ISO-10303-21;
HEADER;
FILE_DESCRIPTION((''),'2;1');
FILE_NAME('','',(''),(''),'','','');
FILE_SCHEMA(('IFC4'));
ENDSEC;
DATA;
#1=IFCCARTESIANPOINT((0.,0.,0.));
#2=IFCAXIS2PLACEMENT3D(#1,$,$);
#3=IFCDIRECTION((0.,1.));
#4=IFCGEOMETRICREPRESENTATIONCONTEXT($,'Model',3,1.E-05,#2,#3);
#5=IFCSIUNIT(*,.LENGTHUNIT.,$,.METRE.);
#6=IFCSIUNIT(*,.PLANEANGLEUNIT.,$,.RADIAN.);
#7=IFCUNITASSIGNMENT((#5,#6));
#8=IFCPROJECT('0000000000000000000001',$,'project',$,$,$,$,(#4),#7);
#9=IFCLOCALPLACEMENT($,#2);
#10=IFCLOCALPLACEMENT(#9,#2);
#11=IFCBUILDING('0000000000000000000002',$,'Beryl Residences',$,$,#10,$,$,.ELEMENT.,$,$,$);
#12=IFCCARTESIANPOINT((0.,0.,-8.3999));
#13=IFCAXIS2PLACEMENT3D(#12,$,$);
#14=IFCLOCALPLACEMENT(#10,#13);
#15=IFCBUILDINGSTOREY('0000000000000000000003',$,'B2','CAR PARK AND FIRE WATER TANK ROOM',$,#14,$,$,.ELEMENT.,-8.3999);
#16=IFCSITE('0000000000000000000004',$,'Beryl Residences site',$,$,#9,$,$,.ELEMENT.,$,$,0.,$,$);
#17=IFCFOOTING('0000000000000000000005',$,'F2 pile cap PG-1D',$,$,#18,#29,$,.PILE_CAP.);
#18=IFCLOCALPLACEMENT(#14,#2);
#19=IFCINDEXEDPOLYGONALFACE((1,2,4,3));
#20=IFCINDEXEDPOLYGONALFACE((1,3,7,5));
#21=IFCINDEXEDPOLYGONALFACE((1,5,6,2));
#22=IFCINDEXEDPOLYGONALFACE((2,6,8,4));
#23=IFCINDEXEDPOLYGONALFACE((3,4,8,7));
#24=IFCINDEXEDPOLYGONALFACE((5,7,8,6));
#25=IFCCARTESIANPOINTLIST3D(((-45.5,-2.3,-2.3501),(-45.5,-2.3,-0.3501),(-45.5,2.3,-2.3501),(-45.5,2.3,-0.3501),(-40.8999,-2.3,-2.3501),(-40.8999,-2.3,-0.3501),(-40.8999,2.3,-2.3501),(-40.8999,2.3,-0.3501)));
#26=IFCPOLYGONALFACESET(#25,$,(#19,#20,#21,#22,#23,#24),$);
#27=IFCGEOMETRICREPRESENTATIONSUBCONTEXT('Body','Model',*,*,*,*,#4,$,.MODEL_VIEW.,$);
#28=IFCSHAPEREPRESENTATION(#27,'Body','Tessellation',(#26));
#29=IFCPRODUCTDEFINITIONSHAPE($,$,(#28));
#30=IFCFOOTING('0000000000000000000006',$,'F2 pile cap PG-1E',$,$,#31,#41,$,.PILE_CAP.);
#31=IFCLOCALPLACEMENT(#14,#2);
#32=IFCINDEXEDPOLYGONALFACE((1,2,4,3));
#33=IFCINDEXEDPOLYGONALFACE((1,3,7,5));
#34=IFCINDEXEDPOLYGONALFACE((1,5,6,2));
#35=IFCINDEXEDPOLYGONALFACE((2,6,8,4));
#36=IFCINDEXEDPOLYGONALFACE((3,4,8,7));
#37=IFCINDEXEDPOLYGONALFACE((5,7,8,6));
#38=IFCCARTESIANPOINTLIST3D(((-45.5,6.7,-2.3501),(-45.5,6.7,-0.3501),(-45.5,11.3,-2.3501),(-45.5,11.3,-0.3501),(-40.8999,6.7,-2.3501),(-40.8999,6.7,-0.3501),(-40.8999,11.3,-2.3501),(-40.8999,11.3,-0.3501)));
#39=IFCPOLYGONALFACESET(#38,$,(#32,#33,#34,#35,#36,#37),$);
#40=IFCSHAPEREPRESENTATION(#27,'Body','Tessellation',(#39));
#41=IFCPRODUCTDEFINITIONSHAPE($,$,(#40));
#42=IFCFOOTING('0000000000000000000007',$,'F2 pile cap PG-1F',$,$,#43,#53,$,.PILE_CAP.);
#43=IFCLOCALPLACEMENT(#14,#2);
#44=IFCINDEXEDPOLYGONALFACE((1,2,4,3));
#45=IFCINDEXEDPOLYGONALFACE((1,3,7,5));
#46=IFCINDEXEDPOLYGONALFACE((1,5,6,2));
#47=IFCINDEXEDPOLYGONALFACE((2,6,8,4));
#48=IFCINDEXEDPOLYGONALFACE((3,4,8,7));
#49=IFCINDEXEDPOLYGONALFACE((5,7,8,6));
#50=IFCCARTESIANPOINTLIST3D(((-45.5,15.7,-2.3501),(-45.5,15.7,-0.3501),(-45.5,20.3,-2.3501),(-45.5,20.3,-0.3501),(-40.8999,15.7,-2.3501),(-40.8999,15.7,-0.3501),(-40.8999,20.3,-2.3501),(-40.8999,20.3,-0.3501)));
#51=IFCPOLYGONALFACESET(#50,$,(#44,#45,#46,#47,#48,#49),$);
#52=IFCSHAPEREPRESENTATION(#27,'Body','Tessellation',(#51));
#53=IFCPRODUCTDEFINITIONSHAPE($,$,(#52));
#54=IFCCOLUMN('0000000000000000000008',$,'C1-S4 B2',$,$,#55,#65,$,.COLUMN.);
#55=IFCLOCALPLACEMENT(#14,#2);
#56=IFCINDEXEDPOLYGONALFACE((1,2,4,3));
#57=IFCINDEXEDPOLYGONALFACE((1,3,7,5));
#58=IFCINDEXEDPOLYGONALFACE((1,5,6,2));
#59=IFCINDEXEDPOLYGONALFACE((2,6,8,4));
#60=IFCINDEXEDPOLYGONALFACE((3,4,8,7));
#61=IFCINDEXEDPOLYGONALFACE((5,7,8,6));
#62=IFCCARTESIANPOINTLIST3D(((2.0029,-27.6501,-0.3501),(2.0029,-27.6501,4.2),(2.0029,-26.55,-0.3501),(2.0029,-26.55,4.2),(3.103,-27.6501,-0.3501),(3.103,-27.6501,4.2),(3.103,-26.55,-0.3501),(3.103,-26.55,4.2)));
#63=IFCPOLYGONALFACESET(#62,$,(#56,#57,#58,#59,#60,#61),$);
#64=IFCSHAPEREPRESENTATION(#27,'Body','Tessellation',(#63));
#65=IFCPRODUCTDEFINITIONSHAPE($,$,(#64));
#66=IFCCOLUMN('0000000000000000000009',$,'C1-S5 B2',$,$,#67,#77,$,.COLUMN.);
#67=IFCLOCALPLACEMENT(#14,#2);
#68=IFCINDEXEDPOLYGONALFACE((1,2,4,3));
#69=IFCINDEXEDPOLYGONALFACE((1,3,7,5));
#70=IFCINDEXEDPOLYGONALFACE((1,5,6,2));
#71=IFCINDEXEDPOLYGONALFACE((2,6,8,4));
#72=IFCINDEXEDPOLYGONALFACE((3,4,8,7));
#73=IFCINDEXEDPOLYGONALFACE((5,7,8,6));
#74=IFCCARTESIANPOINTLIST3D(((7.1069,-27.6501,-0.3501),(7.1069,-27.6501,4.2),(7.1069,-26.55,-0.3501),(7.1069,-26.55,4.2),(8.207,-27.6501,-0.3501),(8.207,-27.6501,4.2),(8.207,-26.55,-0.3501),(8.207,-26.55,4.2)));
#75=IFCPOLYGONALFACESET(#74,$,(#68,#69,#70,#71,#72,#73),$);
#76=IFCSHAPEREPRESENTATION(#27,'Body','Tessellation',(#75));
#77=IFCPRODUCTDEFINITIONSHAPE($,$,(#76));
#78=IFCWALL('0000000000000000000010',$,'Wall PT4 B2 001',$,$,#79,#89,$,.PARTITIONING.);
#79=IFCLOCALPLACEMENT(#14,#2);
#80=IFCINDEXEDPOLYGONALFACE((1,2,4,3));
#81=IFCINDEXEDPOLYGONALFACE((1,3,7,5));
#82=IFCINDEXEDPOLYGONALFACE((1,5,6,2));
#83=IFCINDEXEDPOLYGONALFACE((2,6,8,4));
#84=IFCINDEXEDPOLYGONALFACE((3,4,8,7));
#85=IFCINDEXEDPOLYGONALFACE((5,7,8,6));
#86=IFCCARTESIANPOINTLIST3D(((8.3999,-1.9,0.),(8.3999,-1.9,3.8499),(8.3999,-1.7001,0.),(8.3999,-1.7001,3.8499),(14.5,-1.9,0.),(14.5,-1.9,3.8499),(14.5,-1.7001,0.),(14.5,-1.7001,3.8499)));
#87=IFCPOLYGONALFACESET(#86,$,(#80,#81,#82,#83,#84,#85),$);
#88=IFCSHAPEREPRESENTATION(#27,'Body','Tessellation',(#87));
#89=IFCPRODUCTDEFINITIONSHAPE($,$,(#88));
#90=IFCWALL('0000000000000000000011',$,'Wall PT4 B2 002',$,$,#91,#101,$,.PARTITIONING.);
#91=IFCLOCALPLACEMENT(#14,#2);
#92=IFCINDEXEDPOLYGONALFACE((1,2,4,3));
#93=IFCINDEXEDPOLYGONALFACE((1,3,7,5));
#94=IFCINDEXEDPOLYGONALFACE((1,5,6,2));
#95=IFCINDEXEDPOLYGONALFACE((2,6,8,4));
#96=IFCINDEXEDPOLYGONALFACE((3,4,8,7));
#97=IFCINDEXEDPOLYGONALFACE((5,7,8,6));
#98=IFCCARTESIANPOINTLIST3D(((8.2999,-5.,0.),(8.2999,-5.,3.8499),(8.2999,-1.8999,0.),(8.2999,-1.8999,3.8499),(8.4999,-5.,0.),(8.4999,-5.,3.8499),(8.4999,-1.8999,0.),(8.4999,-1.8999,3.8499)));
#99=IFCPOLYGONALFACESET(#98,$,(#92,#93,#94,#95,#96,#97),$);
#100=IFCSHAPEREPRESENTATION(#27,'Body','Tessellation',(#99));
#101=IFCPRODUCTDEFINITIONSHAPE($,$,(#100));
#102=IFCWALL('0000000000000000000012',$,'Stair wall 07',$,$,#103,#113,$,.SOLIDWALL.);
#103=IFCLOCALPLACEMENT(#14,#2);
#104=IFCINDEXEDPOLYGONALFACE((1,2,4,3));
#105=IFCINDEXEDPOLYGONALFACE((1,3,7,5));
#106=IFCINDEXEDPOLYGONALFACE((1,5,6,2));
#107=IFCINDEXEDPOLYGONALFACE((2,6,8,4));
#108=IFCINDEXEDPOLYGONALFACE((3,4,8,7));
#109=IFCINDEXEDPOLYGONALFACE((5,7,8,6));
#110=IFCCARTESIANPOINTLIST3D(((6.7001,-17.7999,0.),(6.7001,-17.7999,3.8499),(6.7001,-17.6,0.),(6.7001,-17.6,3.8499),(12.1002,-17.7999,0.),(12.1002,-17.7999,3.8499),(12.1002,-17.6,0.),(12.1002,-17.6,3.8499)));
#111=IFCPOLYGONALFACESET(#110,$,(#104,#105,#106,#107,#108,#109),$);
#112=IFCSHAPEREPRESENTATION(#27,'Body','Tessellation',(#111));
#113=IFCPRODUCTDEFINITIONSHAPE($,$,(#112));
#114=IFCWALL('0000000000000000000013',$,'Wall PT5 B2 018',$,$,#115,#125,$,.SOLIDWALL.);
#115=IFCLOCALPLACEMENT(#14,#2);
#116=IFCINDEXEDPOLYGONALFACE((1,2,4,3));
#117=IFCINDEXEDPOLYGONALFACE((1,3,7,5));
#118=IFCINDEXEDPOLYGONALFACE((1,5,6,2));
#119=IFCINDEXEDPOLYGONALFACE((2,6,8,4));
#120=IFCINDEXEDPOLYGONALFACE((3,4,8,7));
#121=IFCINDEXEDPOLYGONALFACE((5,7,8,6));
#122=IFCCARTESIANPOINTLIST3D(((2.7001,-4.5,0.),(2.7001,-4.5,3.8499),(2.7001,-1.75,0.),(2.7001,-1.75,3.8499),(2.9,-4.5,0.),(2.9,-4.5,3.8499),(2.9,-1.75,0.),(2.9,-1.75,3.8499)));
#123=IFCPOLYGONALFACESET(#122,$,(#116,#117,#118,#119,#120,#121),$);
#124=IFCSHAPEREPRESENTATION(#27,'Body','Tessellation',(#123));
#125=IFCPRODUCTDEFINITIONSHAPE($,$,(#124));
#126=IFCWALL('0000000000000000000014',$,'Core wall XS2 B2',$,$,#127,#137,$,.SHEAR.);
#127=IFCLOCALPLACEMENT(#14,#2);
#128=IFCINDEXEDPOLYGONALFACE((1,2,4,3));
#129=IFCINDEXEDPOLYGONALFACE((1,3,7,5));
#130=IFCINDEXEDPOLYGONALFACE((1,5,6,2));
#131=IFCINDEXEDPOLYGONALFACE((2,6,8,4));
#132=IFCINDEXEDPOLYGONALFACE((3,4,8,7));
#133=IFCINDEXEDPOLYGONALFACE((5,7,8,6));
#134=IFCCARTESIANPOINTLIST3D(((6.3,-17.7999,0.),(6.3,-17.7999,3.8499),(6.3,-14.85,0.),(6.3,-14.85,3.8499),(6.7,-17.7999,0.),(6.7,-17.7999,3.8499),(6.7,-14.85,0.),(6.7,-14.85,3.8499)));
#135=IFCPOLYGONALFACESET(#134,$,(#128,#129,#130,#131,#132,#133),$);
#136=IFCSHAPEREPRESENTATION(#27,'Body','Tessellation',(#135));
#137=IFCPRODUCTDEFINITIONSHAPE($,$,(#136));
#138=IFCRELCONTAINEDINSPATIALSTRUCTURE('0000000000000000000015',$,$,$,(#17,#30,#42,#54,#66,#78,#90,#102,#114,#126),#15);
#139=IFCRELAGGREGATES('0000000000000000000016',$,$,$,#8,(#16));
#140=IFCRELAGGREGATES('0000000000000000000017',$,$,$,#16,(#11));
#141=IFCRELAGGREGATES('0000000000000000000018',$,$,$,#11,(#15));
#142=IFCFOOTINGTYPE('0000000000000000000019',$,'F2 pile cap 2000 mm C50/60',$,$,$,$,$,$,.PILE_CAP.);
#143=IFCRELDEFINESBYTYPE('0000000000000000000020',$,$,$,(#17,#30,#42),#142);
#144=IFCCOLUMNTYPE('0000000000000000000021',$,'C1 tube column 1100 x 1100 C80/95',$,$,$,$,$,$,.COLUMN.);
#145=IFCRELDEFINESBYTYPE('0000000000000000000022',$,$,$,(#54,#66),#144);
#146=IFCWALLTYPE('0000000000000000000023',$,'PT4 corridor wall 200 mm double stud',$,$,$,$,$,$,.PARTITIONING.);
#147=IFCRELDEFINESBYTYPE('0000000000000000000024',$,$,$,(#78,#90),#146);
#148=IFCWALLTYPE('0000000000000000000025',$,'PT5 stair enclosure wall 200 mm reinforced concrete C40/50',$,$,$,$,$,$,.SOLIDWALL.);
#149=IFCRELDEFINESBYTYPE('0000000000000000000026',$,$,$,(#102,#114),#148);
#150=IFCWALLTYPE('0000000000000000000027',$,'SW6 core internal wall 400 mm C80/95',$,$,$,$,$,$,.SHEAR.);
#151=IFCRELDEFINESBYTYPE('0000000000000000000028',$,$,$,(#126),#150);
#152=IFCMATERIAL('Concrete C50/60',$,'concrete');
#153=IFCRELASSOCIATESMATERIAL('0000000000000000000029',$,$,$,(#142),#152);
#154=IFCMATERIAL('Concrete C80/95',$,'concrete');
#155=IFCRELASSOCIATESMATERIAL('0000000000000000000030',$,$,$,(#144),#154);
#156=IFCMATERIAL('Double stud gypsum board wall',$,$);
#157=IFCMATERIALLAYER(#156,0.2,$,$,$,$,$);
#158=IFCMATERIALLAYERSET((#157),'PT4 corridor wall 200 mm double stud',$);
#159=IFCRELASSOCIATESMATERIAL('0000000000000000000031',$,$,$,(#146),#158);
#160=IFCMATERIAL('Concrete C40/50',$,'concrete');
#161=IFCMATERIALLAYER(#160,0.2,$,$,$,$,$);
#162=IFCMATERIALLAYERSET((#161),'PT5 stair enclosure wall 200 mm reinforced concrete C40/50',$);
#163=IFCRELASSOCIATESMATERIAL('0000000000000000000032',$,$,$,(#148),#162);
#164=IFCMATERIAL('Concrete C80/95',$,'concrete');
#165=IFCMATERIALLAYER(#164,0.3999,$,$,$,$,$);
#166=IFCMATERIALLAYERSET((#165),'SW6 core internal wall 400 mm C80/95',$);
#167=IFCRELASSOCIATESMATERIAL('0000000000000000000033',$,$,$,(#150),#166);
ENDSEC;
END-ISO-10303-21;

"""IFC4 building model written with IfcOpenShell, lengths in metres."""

from ifc_helpers import new_model, si_unit, direction, frame, frame_2d, origin, origin_2d, place, context, subcontext, project, spatial, polyline, rectangle, outline, extrude, material, layer, layer_set, material_profile, profile_set, type_object, element, save


model = new_model("IFC4")

# Units and contexts
model_context = context("Model", 3, precision=1e-05, world=origin(), true_north=direction((0.0, 1.0)))
body_context = subcontext(model_context, "Body", "Model", "MODEL_VIEW")
ifc_project = project(units=[si_unit("LENGTHUNIT", "METRE"), si_unit("PLANEANGLEUNIT", "RADIAN")], contexts=[model_context])

# Site, building, storey
site_placement = place(None, origin())
site = spatial("IfcSite", under=ifc_project, at=site_placement, Name="Beryl Residences site", CompositionType="ELEMENT", RefElevation=0.0)
building_placement = place(site_placement, origin())
building = spatial("IfcBuilding", under=site, at=building_placement, Name="Beryl Residences", CompositionType="ELEMENT")
storey_placement = place(building_placement, frame((0.0, 0.0, -8.3999)))
storey = spatial("IfcBuildingStorey", under=building, at=storey_placement, Name="B2", Description="CAR PARK AND FIRE WATER TANK ROOM", CompositionType="ELEMENT", Elevation=-8.3999)

# Footings
ifc_material_1 = material(Name="Concrete C50/60", Category="concrete")
footing_type = type_object("IfcFootingType", Name="F2 pile cap 2000 mm C50/60", PredefinedType="PILE_CAP", material=ifc_material_1)
footing_1_placement = place(storey_placement, frame((0.0, 0.0, -2.3501)))
element("IfcFooting", 1, at=footing_1_placement, inside=storey, type_object=footing_type, Name="F2 pile cap PG-1D", PredefinedType="PILE_CAP", context=body_context, shape_type="SweptSolid", body=[
    extrude(outline(polyline([(-45.5, -2.3), (-45.5, 2.3), (-40.8999, 2.3), (-40.8999, -2.3), (-45.5, -2.3)])), origin(), (0.0, 0.0, 1.0), 2.0),
])
footing_2_placement = place(storey_placement, frame((0.0, 0.0, -2.3501)))
element("IfcFooting", 2, at=footing_2_placement, inside=storey, type_object=footing_type, Name="F2 pile cap PG-1E", PredefinedType="PILE_CAP", context=body_context, shape_type="SweptSolid", body=[
    extrude(outline(polyline([(-45.5, 6.7), (-45.5, 11.3), (-40.8999, 11.3), (-40.8999, 6.7), (-45.5, 6.7)])), origin(), (0.0, 0.0, 1.0), 2.0),
])
footing_3_placement = place(storey_placement, frame((0.0, 0.0, -2.3501)))
element("IfcFooting", 3, at=footing_3_placement, inside=storey, type_object=footing_type, Name="F2 pile cap PG-1F", PredefinedType="PILE_CAP", context=body_context, shape_type="SweptSolid", body=[
    extrude(outline(polyline([(-45.5, 15.7), (-45.5, 20.3), (-40.8999, 20.3), (-40.8999, 15.7), (-45.5, 15.7)])), origin(), (0.0, 0.0, 1.0), 2.0),
])

# Columns
ifc_material_2 = material(Name="Concrete C80/95", Category="concrete")
ifc_material_profile_1 = material_profile(ifc_material_2, rectangle(XDim=1.1001, YDim=1.1001, at=origin_2d()))
ifc_profile_set_1 = profile_set([ifc_material_profile_1], Name="Concrete C80/95")
column_type = type_object("IfcColumnType", Name="C1 tube column 1100 x 1100 C80/95", PredefinedType="COLUMN", material=ifc_profile_set_1)
for number, where, z_axis, x_axis, name in (
    (4, (2.553, -27.1001, -0.3501), (0.0, 0.0, 1.0), (1.0, 0.0, 0.0), "C1-S4 B2"),
    (5, (7.657, -27.1001, -0.3501), (0.0, 0.0, 1.0), (1.0, 0.0, 0.0), "C1-S5 B2"),
):
    element("IfcColumn", number, at=place(storey_placement, frame(where, z_axis=z_axis, x_axis=x_axis)), inside=storey, type_object=column_type, Name=name, PredefinedType="COLUMN", context=body_context, shape_type="SweptSolid", body=[
        extrude(rectangle(XDim=1.1001, YDim=1.1001, at=origin_2d()), origin(), (0.0, 0.0, 1.0), 4.55),
    ])

# Walls
ifc_material_3 = material(Name="Double stud gypsum board wall")
ifc_layer_1 = layer(ifc_material_3, 0.2)
ifc_layer_set_1 = layer_set([ifc_layer_1], Name="PT4 corridor wall 200 mm double stud")
wall_type_1 = type_object("IfcWallType", Name="PT4 corridor wall 200 mm double stud", PredefinedType="PARTITIONING", material=ifc_layer_set_1)
wall_1_placement = place(storey_placement, frame((8.3999, -1.8, 0.0), z_axis=(0.0, 0.0, 1.0), x_axis=(1.0, 0.0, 0.0)))
element("IfcWall", 6, at=wall_1_placement, inside=storey, type_object=wall_type_1, Name="Wall PT4 B2 001", PredefinedType="PARTITIONING", context=body_context, shape_type="SweptSolid", body=[
    extrude(rectangle(XDim=6.1001, YDim=0.2, at=frame_2d((3.05, 0.0))), origin(), (0.0, 0.0, 1.0), 3.8499),
])
wall_2_placement = place(storey_placement, frame((8.3999, -5.0, 0.0), z_axis=(0.0, 0.0, 1.0), x_axis=(0.0, 1.0, 0.0)))
element("IfcWall", 7, at=wall_2_placement, inside=storey, type_object=wall_type_1, Name="Wall PT4 B2 002", PredefinedType="PARTITIONING", context=body_context, shape_type="SweptSolid", body=[
    extrude(rectangle(XDim=3.1001, YDim=0.2, at=frame_2d((1.55, 0.0))), origin(), (0.0, 0.0, 1.0), 3.8499),
])
ifc_material_4 = material(Name="Concrete C40/50", Category="concrete")
ifc_layer_2 = layer(ifc_material_4, 0.2)
ifc_layer_set_2 = layer_set([ifc_layer_2], Name="PT5 stair enclosure wall 200 mm reinforced concrete C40/50")
wall_type_2 = type_object("IfcWallType", Name="PT5 stair enclosure wall 200 mm reinforced concrete C40/50", PredefinedType="SOLIDWALL", material=ifc_layer_set_2)
wall_3_placement = place(storey_placement, frame((6.7, -17.7, 0.0), z_axis=(0.0, 0.0, 1.0), x_axis=(1.0, 0.0, 0.0)))
element("IfcWall", 8, at=wall_3_placement, inside=storey, type_object=wall_type_2, Name="Stair wall 07", PredefinedType="SOLIDWALL", context=body_context, shape_type="SweptSolid", body=[
    extrude(rectangle(XDim=5.4001, YDim=0.2, at=frame_2d((2.7002, 0.0))), origin(), (0.0, 0.0, 1.0), 3.8499),
])
wall_4_placement = place(storey_placement, frame((2.8, -4.5, 0.0), z_axis=(0.0, 0.0, 1.0), x_axis=(0.0, 1.0, 0.0)))
element("IfcWall", 9, at=wall_4_placement, inside=storey, type_object=wall_type_2, Name="Wall PT5 B2 018", PredefinedType="SOLIDWALL", context=body_context, shape_type="SweptSolid", body=[
    extrude(rectangle(XDim=2.75, YDim=0.2, at=frame_2d((1.375, 0.0))), origin(), (0.0, 0.0, 1.0), 3.8499),
])
ifc_material_5 = material(Name="Concrete C80/95", Category="concrete")
ifc_layer_3 = layer(ifc_material_5, 0.3999)
ifc_layer_set_3 = layer_set([ifc_layer_3], Name="SW6 core internal wall 400 mm C80/95")
wall_type_3 = type_object("IfcWallType", Name="SW6 core internal wall 400 mm C80/95", PredefinedType="SHEAR", material=ifc_layer_set_3)
wall_5_placement = place(storey_placement, frame((6.5, -17.8, 0.0), z_axis=(0.0, 0.0, 1.0), x_axis=(0.0, 1.0, 0.0)))
element("IfcWall", 10, at=wall_5_placement, inside=storey, type_object=wall_type_3, Name="Core wall XS2 B2", PredefinedType="SHEAR", context=body_context, shape_type="SweptSolid", body=[
    extrude(rectangle(XDim=2.95, YDim=0.3999, at=frame_2d((1.4751, 0.0))), origin(), (0.0, 0.0, 1.0), 3.8499),
])

save(model, "model.ifc")
